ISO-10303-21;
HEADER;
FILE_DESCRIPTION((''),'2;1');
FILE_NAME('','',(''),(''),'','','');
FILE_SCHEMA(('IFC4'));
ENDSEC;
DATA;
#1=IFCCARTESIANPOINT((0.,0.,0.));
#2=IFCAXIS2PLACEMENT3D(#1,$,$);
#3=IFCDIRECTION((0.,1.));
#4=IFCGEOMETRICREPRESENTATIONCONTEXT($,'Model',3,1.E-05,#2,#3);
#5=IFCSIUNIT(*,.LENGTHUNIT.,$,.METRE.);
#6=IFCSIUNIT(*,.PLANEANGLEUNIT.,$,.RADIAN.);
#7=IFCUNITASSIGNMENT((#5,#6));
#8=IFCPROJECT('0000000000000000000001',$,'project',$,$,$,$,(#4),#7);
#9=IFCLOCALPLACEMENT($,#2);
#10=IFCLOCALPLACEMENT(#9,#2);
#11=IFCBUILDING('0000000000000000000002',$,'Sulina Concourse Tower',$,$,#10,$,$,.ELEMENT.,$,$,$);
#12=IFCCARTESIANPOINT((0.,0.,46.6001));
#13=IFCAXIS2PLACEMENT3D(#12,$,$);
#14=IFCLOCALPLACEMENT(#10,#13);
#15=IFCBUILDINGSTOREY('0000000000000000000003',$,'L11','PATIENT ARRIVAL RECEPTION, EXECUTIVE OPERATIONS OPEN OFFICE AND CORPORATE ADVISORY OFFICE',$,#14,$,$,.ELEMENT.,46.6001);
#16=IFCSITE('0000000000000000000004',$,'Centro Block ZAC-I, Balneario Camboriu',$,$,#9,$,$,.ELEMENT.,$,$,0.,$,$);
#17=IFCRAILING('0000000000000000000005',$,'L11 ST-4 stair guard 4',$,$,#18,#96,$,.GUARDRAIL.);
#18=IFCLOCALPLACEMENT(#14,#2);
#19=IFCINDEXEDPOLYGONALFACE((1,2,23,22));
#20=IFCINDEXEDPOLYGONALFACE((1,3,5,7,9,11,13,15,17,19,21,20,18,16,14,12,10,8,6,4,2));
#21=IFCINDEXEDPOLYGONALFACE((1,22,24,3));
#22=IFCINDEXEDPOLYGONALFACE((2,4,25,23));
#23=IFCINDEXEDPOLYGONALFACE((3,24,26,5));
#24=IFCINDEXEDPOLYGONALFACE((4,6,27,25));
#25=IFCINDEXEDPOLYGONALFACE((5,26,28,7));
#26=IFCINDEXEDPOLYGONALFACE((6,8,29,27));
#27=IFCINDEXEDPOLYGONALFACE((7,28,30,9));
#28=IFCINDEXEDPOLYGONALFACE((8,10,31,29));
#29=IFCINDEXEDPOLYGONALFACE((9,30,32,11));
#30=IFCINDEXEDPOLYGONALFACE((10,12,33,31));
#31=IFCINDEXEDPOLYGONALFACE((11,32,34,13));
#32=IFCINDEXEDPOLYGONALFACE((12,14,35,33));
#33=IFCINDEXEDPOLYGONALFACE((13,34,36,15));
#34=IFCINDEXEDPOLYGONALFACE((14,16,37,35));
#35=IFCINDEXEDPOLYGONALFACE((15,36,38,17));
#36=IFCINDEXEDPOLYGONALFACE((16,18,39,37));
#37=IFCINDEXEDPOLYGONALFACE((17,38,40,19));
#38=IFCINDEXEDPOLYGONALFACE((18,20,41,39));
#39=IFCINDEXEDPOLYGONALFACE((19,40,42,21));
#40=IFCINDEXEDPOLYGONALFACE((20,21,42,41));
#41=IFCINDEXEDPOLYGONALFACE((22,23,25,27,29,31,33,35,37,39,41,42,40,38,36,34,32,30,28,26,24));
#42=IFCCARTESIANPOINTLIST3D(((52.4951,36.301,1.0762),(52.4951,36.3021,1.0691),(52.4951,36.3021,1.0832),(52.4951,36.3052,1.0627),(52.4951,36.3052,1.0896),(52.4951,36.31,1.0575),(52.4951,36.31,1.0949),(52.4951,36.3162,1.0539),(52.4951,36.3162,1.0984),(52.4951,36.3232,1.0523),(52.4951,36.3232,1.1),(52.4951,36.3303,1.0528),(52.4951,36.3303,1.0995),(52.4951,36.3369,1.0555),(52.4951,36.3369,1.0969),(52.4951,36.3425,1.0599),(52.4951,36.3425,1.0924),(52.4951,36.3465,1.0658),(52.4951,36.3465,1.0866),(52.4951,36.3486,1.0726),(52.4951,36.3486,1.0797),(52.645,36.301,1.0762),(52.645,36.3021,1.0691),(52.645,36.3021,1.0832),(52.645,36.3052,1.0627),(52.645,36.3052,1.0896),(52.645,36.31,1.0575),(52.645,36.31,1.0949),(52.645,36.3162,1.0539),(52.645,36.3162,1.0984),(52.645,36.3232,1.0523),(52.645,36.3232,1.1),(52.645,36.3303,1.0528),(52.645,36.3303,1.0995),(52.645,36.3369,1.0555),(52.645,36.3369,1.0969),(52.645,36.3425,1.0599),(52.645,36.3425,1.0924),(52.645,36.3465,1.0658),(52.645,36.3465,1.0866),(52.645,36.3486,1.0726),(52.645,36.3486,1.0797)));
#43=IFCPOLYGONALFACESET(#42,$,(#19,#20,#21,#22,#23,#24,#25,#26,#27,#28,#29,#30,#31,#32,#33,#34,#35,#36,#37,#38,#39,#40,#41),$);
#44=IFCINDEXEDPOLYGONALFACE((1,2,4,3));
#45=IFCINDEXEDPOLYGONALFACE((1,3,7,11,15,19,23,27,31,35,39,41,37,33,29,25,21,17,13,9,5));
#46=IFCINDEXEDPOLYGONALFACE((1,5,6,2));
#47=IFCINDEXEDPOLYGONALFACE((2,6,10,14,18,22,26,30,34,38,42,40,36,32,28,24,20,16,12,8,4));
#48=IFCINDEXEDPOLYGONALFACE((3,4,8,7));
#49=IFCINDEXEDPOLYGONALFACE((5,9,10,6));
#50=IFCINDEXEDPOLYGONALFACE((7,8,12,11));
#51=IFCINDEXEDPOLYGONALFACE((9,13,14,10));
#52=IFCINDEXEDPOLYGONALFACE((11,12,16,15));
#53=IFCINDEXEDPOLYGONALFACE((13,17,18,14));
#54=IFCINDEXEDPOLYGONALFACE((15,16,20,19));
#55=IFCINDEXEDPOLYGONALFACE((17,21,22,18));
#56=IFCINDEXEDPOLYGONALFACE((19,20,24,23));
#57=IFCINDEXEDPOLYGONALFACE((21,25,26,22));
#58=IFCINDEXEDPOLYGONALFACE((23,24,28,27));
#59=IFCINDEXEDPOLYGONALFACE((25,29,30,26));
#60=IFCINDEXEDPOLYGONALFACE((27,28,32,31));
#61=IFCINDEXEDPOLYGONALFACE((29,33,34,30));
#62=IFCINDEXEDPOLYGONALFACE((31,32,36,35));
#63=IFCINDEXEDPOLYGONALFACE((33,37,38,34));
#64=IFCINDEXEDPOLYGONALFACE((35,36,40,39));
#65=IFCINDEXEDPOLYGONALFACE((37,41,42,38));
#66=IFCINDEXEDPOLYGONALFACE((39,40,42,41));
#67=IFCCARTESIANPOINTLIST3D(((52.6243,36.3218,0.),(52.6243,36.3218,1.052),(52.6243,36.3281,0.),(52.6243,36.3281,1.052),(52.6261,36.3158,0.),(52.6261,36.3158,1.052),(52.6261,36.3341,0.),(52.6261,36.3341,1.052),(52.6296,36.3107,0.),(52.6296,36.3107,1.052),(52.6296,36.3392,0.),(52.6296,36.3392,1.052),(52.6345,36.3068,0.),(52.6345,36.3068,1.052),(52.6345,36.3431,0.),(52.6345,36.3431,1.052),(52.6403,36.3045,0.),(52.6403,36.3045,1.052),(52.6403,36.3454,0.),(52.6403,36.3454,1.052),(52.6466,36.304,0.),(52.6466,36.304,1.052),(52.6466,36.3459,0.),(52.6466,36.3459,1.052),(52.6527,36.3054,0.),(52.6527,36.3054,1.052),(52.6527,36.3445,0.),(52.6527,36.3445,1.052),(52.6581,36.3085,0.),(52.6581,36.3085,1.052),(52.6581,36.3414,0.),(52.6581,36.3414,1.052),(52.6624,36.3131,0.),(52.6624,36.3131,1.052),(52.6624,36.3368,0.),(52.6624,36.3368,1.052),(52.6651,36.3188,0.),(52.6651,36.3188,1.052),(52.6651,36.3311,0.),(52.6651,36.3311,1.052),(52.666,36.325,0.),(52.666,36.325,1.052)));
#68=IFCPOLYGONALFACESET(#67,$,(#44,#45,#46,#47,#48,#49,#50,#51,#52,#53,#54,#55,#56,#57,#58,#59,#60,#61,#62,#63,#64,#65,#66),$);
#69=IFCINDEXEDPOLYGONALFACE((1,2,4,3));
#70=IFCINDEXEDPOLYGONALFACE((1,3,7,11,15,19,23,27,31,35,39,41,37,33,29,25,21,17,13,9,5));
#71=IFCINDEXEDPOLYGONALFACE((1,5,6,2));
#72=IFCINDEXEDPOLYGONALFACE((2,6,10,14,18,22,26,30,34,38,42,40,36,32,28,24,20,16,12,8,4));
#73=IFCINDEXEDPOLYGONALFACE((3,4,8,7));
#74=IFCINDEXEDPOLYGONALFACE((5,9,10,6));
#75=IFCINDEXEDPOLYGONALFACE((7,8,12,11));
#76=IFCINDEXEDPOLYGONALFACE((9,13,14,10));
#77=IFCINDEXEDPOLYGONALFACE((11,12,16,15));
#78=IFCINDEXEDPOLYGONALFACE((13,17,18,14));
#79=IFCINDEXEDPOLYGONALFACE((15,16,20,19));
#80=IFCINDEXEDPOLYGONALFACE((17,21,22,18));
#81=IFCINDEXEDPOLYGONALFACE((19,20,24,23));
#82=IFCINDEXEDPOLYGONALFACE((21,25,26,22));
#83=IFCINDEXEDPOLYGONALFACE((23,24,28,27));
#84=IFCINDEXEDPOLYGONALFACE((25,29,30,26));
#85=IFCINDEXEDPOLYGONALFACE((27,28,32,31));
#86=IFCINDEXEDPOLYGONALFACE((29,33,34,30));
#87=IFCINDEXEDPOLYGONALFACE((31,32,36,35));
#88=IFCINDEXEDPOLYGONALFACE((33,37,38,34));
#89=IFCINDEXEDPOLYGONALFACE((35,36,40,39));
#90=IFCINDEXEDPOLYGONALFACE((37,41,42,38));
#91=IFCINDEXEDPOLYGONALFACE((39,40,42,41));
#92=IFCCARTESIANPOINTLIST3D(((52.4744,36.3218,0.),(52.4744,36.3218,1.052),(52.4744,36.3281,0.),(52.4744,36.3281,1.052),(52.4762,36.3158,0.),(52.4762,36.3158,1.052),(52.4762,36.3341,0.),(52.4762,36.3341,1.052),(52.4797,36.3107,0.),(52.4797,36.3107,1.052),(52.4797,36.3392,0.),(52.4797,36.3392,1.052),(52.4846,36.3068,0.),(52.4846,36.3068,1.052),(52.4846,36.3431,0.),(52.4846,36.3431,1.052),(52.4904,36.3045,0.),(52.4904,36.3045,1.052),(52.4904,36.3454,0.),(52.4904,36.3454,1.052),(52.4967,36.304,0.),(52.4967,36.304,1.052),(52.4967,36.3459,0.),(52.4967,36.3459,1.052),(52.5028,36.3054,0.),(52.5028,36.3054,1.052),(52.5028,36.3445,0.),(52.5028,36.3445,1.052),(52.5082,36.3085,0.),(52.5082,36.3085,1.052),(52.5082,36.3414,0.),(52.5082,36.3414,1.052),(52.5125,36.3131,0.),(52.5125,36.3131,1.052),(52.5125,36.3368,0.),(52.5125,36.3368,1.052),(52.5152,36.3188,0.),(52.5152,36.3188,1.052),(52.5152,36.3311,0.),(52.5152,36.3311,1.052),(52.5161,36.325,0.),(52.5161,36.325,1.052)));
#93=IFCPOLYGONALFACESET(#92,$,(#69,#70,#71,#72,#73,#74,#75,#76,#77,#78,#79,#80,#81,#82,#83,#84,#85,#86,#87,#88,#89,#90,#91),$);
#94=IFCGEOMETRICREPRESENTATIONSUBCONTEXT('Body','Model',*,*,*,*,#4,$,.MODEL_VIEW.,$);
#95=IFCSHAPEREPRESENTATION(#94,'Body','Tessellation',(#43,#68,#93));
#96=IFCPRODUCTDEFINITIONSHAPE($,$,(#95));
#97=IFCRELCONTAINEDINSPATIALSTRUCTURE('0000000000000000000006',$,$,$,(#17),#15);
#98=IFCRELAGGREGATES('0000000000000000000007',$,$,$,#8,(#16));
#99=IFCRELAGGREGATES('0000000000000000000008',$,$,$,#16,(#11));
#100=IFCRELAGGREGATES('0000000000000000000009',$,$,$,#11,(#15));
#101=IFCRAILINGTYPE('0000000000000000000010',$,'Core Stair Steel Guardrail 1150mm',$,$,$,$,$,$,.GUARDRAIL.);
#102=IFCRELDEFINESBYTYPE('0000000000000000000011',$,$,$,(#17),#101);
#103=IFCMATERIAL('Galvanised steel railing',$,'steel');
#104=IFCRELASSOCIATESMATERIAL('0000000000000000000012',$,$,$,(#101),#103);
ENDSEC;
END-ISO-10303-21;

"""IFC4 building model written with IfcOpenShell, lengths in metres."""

from ifc_helpers import new_model, si_unit, direction, frame, origin, origin_2d, place, context, subcontext, project, spatial, circle, extrude, material, type_object, element, save


model = new_model("IFC4")

# Units and contexts
model_context = context("Model", 3, precision=1e-05, world=origin(), true_north=direction((0.0, 1.0)))
body_context = subcontext(model_context, "Body", "Model", "MODEL_VIEW")
ifc_project = project(units=[si_unit("LENGTHUNIT", "METRE"), si_unit("PLANEANGLEUNIT", "RADIAN")], contexts=[model_context])

# Site, building, storey
site_placement = place(None, origin())
site = spatial("IfcSite", under=ifc_project, at=site_placement, Name="Centro Block ZAC-I, Balneario Camboriu", CompositionType="ELEMENT", RefElevation=0.0)
building_placement = place(site_placement, origin())
building = spatial("IfcBuilding", under=site, at=building_placement, Name="Sulina Concourse Tower", CompositionType="ELEMENT")
storey_placement = place(building_placement, frame((0.0, 0.0, 46.6001)))
storey = spatial("IfcBuildingStorey", under=building, at=storey_placement, Name="L11", Description="PATIENT ARRIVAL RECEPTION, EXECUTIVE OPERATIONS OPEN OFFICE AND CORPORATE ADVISORY OFFICE", CompositionType="ELEMENT", Elevation=46.6001)

# Railing
ifc_material_1 = material(Name="Galvanised steel railing", Category="steel")
railing_type_1 = type_object("IfcRailingType", Name="Core Stair Steel Guardrail 1150mm", PredefinedType="GUARDRAIL", material=ifc_material_1)
railing_1_placement = place(storey_placement, frame((52.645, 36.325, 0.0)))
element("IfcRailing", 1, at=railing_1_placement, inside=storey, type_object=railing_type_1, Name="L11 ST-4 stair guard 4", PredefinedType="GUARDRAIL", context=body_context, shape_type="SweptSolid", body=[
    extrude(circle(Radius=0.0239, at=origin_2d()), frame((0.0, 0.0, 1.0762), z_axis=(-1.0, 0.0, 0.0), x_axis=(0.0, -1.0, 0.0)), (0.0, 0.0, 1.0), 0.1499),
    extrude(circle(Radius=0.021, at=origin_2d()), origin(), (0.0, 0.0, 1.0), 1.052),
    extrude(circle(Radius=0.021, at=origin_2d()), frame((-0.1499, 0.0, 0.0)), (0.0, 0.0, 1.0), 1.052),
])

save(model, "model.ifc")
